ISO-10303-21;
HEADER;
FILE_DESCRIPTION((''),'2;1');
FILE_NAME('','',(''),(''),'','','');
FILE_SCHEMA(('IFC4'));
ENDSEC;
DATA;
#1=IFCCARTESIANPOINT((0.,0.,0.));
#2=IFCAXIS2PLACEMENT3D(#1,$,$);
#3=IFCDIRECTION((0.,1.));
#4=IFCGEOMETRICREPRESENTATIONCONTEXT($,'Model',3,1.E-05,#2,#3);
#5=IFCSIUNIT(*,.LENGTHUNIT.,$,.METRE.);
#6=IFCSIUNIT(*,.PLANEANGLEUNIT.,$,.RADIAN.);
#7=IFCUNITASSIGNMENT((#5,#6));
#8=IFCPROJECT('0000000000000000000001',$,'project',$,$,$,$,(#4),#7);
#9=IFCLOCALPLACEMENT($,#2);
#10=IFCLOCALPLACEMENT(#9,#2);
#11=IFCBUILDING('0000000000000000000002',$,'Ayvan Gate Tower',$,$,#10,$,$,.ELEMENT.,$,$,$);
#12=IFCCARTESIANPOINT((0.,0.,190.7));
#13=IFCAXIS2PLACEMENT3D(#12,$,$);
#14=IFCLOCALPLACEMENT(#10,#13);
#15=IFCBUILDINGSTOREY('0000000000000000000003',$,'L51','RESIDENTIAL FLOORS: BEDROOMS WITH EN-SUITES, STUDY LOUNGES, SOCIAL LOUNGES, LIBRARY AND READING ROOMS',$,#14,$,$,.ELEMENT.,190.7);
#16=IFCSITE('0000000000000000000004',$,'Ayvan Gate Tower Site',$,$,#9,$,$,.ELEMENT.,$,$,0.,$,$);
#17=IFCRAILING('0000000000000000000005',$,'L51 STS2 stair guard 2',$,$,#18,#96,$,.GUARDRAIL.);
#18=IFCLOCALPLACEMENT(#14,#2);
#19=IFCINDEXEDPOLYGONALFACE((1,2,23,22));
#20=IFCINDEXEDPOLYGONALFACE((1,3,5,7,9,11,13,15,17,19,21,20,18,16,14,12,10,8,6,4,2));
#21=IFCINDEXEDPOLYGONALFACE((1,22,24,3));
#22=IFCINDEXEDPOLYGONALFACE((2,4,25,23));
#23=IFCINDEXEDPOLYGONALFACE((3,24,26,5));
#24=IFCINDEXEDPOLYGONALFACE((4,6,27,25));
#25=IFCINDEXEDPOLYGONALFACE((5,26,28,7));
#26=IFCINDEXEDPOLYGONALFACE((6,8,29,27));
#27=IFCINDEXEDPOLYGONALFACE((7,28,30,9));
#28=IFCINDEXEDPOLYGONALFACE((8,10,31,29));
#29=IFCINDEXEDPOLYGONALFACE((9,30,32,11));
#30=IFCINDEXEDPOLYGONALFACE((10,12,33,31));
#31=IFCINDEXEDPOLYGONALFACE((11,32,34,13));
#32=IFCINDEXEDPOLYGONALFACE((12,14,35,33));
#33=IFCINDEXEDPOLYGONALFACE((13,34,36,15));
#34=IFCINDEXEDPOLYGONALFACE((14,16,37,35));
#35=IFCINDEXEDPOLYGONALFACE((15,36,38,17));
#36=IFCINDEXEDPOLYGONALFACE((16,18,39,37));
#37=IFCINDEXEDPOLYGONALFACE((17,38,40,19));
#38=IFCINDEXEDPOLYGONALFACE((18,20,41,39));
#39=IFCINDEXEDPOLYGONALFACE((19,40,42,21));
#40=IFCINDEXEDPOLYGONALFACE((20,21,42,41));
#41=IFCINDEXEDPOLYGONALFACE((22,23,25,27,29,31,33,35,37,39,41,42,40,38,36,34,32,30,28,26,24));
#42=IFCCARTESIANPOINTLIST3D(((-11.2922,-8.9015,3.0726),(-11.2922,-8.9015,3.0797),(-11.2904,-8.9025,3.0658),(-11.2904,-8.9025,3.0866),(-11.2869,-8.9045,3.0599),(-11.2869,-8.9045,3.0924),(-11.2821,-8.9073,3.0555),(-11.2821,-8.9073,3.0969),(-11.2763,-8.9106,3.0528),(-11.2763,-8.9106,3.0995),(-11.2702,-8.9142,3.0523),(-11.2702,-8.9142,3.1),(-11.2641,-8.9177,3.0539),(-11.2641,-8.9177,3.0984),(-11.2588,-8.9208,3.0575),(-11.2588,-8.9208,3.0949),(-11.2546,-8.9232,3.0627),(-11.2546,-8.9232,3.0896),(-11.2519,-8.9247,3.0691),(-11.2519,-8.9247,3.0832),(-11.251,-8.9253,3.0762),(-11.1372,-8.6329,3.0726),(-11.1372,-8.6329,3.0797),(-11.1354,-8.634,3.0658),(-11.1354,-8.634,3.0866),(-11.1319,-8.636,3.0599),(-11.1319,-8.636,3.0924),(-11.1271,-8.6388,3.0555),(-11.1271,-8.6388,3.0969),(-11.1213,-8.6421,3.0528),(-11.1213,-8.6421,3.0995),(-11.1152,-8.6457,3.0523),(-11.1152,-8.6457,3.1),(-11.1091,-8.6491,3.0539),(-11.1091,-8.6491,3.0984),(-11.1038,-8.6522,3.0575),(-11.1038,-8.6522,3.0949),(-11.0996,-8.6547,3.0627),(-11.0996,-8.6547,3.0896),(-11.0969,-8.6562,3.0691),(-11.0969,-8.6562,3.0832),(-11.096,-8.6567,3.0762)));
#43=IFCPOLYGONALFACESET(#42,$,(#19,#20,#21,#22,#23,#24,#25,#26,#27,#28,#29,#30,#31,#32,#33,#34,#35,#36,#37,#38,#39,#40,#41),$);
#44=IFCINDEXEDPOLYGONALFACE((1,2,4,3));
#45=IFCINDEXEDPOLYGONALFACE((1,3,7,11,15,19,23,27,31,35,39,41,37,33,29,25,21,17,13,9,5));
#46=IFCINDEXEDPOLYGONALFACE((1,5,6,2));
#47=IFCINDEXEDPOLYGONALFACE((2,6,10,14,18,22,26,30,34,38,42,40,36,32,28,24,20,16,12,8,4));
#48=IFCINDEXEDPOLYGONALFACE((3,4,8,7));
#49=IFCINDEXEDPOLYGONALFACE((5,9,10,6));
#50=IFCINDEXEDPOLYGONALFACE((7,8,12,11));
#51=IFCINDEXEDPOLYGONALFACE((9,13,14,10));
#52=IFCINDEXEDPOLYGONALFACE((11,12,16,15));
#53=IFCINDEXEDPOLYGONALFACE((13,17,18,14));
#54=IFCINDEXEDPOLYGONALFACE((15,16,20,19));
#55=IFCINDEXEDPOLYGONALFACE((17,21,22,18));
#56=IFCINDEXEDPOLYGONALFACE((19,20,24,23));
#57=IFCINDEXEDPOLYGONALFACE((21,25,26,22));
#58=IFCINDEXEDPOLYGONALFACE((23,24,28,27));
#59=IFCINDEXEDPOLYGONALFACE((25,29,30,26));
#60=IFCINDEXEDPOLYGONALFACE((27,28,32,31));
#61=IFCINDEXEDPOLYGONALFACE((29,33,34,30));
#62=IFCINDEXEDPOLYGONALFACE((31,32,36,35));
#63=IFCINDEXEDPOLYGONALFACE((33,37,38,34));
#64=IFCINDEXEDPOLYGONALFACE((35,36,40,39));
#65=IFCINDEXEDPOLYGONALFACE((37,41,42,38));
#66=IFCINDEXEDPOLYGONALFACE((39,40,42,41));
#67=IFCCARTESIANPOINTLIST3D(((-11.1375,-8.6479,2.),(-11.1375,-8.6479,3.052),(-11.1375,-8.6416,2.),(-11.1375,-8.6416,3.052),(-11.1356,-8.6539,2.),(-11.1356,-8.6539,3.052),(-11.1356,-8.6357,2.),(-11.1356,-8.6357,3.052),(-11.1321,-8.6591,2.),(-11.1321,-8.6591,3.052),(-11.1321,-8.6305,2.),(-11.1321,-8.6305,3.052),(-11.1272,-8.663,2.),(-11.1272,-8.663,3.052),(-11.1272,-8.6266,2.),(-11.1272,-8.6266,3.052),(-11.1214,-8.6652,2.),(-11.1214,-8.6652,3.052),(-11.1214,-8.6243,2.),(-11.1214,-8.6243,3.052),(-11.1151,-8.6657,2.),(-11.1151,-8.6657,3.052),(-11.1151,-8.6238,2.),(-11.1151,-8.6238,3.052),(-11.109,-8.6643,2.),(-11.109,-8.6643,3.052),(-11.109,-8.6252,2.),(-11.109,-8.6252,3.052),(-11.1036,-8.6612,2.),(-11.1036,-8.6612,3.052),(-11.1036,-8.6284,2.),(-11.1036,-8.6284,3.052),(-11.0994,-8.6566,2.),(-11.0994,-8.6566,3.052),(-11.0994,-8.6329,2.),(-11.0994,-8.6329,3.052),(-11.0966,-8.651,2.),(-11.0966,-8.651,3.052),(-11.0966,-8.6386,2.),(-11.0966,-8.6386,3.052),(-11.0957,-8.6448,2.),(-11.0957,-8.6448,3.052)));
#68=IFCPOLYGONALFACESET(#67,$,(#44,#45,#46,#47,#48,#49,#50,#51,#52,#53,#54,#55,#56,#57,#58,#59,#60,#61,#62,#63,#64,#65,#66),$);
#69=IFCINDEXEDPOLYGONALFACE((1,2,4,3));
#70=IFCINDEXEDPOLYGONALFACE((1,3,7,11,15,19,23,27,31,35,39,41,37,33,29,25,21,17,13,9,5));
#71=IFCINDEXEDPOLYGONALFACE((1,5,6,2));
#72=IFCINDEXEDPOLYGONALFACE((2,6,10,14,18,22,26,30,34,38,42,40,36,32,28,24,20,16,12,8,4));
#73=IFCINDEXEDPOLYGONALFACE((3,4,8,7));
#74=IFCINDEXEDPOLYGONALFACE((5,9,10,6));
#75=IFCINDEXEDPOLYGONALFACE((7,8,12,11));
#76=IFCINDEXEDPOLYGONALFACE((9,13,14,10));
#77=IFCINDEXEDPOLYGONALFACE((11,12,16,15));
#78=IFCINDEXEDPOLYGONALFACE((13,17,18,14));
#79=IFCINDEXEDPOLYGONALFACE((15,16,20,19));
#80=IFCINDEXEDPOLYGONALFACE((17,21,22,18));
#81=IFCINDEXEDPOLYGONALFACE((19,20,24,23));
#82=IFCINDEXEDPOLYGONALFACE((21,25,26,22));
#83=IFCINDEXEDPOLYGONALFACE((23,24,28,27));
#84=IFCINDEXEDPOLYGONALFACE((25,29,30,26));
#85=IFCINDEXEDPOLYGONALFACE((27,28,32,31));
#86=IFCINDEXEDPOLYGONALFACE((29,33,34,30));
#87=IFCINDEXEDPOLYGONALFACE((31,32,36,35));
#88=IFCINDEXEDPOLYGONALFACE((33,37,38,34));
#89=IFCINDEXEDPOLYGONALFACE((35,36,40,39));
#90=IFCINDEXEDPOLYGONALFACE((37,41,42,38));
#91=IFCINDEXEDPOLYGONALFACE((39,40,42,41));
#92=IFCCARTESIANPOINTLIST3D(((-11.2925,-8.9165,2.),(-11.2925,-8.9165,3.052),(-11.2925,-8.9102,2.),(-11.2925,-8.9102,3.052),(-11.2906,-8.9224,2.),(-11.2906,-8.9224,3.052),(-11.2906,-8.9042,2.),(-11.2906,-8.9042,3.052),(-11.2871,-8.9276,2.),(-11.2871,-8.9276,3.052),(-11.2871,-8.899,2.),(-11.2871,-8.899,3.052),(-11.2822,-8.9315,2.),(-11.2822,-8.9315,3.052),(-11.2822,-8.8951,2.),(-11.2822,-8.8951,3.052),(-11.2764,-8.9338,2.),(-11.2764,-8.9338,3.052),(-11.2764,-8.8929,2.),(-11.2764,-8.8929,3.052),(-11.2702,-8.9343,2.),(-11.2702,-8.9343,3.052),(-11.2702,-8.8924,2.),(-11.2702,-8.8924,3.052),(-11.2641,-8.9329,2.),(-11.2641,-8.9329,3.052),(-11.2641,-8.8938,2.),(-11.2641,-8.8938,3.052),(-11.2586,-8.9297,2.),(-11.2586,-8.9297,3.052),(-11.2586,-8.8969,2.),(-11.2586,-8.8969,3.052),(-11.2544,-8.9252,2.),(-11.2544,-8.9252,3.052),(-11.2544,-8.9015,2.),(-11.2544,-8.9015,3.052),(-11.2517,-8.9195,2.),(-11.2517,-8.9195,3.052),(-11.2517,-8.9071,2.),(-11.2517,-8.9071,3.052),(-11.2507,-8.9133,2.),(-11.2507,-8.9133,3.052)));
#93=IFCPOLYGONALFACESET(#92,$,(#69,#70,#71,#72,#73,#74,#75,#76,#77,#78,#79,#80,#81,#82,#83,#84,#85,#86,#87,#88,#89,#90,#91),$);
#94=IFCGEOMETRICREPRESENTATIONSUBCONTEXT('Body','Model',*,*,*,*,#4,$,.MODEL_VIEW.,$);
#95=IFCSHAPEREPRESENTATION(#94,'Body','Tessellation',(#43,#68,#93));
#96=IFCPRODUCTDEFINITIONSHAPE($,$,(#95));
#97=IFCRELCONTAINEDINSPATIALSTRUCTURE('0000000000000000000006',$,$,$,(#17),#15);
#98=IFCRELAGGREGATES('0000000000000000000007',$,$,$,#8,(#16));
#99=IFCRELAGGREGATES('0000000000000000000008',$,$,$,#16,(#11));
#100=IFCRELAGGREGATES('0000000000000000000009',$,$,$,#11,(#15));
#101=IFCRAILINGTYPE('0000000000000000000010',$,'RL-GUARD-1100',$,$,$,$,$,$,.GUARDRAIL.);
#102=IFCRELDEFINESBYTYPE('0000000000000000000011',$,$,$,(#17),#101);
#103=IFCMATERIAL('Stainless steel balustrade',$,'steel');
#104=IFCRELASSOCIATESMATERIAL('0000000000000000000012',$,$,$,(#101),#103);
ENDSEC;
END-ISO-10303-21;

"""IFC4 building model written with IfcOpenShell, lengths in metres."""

from ifc_helpers import new_model, si_unit, direction, frame, origin, origin_2d, place, context, subcontext, project, spatial, circle, extrude, material, type_object, element, save


model = new_model("IFC4")

# Units and contexts
model_context = context("Model", 3, precision=1e-05, world=origin(), true_north=direction((0.0, 1.0)))
body_context = subcontext(model_context, "Body", "Model", "MODEL_VIEW")
ifc_project = project(units=[si_unit("LENGTHUNIT", "METRE"), si_unit("PLANEANGLEUNIT", "RADIAN")], contexts=[model_context])

# Site, building, storey
site_placement = place(None, origin())
site = spatial("IfcSite", under=ifc_project, at=site_placement, Name="Ayvan Gate Tower Site", CompositionType="ELEMENT", RefElevation=0.0)
building_placement = place(site_placement, origin())
building = spatial("IfcBuilding", under=site, at=building_placement, Name="Ayvan Gate Tower", CompositionType="ELEMENT")
storey_placement = place(building_placement, frame((0.0, 0.0, 190.7)))
storey = spatial("IfcBuildingStorey", under=building, at=storey_placement, Name="L51", Description="RESIDENTIAL FLOORS: BEDROOMS WITH EN-SUITES, STUDY LOUNGES, SOCIAL LOUNGES, LIBRARY AND READING ROOMS", CompositionType="ELEMENT", Elevation=190.7)

# Railing
ifc_material_1 = material(Name="Stainless steel balustrade", Category="steel")
railing_type_1 = type_object("IfcRailingType", Name="RL-GUARD-1100", PredefinedType="GUARDRAIL", material=ifc_material_1)
railing_1_placement = place(storey_placement, frame((-11.1167, -8.6448, 2.0)))
element("IfcRailing", 1, at=railing_1_placement, inside=storey, type_object=railing_type_1, Name="L51 STS2 stair guard 2", PredefinedType="GUARDRAIL", context=body_context, shape_type="SweptSolid", body=[
    extrude(circle(Radius=0.0239, at=origin_2d()), frame((0.0, 0.0, 1.0762), z_axis=(-0.49995, -0.866054, 0.0), x_axis=(0.866054, -0.49995, 0.0)), (0.0, 0.0, 1.0), 0.3101),
    extrude(circle(Radius=0.021, at=origin_2d()), origin(), (0.0, 0.0, 1.0), 1.052),
    extrude(circle(Radius=0.021, at=origin_2d()), frame((-0.155, -0.2686, 0.0)), (0.0, 0.0, 1.0), 1.052),
])

save(model, "model.ifc")
